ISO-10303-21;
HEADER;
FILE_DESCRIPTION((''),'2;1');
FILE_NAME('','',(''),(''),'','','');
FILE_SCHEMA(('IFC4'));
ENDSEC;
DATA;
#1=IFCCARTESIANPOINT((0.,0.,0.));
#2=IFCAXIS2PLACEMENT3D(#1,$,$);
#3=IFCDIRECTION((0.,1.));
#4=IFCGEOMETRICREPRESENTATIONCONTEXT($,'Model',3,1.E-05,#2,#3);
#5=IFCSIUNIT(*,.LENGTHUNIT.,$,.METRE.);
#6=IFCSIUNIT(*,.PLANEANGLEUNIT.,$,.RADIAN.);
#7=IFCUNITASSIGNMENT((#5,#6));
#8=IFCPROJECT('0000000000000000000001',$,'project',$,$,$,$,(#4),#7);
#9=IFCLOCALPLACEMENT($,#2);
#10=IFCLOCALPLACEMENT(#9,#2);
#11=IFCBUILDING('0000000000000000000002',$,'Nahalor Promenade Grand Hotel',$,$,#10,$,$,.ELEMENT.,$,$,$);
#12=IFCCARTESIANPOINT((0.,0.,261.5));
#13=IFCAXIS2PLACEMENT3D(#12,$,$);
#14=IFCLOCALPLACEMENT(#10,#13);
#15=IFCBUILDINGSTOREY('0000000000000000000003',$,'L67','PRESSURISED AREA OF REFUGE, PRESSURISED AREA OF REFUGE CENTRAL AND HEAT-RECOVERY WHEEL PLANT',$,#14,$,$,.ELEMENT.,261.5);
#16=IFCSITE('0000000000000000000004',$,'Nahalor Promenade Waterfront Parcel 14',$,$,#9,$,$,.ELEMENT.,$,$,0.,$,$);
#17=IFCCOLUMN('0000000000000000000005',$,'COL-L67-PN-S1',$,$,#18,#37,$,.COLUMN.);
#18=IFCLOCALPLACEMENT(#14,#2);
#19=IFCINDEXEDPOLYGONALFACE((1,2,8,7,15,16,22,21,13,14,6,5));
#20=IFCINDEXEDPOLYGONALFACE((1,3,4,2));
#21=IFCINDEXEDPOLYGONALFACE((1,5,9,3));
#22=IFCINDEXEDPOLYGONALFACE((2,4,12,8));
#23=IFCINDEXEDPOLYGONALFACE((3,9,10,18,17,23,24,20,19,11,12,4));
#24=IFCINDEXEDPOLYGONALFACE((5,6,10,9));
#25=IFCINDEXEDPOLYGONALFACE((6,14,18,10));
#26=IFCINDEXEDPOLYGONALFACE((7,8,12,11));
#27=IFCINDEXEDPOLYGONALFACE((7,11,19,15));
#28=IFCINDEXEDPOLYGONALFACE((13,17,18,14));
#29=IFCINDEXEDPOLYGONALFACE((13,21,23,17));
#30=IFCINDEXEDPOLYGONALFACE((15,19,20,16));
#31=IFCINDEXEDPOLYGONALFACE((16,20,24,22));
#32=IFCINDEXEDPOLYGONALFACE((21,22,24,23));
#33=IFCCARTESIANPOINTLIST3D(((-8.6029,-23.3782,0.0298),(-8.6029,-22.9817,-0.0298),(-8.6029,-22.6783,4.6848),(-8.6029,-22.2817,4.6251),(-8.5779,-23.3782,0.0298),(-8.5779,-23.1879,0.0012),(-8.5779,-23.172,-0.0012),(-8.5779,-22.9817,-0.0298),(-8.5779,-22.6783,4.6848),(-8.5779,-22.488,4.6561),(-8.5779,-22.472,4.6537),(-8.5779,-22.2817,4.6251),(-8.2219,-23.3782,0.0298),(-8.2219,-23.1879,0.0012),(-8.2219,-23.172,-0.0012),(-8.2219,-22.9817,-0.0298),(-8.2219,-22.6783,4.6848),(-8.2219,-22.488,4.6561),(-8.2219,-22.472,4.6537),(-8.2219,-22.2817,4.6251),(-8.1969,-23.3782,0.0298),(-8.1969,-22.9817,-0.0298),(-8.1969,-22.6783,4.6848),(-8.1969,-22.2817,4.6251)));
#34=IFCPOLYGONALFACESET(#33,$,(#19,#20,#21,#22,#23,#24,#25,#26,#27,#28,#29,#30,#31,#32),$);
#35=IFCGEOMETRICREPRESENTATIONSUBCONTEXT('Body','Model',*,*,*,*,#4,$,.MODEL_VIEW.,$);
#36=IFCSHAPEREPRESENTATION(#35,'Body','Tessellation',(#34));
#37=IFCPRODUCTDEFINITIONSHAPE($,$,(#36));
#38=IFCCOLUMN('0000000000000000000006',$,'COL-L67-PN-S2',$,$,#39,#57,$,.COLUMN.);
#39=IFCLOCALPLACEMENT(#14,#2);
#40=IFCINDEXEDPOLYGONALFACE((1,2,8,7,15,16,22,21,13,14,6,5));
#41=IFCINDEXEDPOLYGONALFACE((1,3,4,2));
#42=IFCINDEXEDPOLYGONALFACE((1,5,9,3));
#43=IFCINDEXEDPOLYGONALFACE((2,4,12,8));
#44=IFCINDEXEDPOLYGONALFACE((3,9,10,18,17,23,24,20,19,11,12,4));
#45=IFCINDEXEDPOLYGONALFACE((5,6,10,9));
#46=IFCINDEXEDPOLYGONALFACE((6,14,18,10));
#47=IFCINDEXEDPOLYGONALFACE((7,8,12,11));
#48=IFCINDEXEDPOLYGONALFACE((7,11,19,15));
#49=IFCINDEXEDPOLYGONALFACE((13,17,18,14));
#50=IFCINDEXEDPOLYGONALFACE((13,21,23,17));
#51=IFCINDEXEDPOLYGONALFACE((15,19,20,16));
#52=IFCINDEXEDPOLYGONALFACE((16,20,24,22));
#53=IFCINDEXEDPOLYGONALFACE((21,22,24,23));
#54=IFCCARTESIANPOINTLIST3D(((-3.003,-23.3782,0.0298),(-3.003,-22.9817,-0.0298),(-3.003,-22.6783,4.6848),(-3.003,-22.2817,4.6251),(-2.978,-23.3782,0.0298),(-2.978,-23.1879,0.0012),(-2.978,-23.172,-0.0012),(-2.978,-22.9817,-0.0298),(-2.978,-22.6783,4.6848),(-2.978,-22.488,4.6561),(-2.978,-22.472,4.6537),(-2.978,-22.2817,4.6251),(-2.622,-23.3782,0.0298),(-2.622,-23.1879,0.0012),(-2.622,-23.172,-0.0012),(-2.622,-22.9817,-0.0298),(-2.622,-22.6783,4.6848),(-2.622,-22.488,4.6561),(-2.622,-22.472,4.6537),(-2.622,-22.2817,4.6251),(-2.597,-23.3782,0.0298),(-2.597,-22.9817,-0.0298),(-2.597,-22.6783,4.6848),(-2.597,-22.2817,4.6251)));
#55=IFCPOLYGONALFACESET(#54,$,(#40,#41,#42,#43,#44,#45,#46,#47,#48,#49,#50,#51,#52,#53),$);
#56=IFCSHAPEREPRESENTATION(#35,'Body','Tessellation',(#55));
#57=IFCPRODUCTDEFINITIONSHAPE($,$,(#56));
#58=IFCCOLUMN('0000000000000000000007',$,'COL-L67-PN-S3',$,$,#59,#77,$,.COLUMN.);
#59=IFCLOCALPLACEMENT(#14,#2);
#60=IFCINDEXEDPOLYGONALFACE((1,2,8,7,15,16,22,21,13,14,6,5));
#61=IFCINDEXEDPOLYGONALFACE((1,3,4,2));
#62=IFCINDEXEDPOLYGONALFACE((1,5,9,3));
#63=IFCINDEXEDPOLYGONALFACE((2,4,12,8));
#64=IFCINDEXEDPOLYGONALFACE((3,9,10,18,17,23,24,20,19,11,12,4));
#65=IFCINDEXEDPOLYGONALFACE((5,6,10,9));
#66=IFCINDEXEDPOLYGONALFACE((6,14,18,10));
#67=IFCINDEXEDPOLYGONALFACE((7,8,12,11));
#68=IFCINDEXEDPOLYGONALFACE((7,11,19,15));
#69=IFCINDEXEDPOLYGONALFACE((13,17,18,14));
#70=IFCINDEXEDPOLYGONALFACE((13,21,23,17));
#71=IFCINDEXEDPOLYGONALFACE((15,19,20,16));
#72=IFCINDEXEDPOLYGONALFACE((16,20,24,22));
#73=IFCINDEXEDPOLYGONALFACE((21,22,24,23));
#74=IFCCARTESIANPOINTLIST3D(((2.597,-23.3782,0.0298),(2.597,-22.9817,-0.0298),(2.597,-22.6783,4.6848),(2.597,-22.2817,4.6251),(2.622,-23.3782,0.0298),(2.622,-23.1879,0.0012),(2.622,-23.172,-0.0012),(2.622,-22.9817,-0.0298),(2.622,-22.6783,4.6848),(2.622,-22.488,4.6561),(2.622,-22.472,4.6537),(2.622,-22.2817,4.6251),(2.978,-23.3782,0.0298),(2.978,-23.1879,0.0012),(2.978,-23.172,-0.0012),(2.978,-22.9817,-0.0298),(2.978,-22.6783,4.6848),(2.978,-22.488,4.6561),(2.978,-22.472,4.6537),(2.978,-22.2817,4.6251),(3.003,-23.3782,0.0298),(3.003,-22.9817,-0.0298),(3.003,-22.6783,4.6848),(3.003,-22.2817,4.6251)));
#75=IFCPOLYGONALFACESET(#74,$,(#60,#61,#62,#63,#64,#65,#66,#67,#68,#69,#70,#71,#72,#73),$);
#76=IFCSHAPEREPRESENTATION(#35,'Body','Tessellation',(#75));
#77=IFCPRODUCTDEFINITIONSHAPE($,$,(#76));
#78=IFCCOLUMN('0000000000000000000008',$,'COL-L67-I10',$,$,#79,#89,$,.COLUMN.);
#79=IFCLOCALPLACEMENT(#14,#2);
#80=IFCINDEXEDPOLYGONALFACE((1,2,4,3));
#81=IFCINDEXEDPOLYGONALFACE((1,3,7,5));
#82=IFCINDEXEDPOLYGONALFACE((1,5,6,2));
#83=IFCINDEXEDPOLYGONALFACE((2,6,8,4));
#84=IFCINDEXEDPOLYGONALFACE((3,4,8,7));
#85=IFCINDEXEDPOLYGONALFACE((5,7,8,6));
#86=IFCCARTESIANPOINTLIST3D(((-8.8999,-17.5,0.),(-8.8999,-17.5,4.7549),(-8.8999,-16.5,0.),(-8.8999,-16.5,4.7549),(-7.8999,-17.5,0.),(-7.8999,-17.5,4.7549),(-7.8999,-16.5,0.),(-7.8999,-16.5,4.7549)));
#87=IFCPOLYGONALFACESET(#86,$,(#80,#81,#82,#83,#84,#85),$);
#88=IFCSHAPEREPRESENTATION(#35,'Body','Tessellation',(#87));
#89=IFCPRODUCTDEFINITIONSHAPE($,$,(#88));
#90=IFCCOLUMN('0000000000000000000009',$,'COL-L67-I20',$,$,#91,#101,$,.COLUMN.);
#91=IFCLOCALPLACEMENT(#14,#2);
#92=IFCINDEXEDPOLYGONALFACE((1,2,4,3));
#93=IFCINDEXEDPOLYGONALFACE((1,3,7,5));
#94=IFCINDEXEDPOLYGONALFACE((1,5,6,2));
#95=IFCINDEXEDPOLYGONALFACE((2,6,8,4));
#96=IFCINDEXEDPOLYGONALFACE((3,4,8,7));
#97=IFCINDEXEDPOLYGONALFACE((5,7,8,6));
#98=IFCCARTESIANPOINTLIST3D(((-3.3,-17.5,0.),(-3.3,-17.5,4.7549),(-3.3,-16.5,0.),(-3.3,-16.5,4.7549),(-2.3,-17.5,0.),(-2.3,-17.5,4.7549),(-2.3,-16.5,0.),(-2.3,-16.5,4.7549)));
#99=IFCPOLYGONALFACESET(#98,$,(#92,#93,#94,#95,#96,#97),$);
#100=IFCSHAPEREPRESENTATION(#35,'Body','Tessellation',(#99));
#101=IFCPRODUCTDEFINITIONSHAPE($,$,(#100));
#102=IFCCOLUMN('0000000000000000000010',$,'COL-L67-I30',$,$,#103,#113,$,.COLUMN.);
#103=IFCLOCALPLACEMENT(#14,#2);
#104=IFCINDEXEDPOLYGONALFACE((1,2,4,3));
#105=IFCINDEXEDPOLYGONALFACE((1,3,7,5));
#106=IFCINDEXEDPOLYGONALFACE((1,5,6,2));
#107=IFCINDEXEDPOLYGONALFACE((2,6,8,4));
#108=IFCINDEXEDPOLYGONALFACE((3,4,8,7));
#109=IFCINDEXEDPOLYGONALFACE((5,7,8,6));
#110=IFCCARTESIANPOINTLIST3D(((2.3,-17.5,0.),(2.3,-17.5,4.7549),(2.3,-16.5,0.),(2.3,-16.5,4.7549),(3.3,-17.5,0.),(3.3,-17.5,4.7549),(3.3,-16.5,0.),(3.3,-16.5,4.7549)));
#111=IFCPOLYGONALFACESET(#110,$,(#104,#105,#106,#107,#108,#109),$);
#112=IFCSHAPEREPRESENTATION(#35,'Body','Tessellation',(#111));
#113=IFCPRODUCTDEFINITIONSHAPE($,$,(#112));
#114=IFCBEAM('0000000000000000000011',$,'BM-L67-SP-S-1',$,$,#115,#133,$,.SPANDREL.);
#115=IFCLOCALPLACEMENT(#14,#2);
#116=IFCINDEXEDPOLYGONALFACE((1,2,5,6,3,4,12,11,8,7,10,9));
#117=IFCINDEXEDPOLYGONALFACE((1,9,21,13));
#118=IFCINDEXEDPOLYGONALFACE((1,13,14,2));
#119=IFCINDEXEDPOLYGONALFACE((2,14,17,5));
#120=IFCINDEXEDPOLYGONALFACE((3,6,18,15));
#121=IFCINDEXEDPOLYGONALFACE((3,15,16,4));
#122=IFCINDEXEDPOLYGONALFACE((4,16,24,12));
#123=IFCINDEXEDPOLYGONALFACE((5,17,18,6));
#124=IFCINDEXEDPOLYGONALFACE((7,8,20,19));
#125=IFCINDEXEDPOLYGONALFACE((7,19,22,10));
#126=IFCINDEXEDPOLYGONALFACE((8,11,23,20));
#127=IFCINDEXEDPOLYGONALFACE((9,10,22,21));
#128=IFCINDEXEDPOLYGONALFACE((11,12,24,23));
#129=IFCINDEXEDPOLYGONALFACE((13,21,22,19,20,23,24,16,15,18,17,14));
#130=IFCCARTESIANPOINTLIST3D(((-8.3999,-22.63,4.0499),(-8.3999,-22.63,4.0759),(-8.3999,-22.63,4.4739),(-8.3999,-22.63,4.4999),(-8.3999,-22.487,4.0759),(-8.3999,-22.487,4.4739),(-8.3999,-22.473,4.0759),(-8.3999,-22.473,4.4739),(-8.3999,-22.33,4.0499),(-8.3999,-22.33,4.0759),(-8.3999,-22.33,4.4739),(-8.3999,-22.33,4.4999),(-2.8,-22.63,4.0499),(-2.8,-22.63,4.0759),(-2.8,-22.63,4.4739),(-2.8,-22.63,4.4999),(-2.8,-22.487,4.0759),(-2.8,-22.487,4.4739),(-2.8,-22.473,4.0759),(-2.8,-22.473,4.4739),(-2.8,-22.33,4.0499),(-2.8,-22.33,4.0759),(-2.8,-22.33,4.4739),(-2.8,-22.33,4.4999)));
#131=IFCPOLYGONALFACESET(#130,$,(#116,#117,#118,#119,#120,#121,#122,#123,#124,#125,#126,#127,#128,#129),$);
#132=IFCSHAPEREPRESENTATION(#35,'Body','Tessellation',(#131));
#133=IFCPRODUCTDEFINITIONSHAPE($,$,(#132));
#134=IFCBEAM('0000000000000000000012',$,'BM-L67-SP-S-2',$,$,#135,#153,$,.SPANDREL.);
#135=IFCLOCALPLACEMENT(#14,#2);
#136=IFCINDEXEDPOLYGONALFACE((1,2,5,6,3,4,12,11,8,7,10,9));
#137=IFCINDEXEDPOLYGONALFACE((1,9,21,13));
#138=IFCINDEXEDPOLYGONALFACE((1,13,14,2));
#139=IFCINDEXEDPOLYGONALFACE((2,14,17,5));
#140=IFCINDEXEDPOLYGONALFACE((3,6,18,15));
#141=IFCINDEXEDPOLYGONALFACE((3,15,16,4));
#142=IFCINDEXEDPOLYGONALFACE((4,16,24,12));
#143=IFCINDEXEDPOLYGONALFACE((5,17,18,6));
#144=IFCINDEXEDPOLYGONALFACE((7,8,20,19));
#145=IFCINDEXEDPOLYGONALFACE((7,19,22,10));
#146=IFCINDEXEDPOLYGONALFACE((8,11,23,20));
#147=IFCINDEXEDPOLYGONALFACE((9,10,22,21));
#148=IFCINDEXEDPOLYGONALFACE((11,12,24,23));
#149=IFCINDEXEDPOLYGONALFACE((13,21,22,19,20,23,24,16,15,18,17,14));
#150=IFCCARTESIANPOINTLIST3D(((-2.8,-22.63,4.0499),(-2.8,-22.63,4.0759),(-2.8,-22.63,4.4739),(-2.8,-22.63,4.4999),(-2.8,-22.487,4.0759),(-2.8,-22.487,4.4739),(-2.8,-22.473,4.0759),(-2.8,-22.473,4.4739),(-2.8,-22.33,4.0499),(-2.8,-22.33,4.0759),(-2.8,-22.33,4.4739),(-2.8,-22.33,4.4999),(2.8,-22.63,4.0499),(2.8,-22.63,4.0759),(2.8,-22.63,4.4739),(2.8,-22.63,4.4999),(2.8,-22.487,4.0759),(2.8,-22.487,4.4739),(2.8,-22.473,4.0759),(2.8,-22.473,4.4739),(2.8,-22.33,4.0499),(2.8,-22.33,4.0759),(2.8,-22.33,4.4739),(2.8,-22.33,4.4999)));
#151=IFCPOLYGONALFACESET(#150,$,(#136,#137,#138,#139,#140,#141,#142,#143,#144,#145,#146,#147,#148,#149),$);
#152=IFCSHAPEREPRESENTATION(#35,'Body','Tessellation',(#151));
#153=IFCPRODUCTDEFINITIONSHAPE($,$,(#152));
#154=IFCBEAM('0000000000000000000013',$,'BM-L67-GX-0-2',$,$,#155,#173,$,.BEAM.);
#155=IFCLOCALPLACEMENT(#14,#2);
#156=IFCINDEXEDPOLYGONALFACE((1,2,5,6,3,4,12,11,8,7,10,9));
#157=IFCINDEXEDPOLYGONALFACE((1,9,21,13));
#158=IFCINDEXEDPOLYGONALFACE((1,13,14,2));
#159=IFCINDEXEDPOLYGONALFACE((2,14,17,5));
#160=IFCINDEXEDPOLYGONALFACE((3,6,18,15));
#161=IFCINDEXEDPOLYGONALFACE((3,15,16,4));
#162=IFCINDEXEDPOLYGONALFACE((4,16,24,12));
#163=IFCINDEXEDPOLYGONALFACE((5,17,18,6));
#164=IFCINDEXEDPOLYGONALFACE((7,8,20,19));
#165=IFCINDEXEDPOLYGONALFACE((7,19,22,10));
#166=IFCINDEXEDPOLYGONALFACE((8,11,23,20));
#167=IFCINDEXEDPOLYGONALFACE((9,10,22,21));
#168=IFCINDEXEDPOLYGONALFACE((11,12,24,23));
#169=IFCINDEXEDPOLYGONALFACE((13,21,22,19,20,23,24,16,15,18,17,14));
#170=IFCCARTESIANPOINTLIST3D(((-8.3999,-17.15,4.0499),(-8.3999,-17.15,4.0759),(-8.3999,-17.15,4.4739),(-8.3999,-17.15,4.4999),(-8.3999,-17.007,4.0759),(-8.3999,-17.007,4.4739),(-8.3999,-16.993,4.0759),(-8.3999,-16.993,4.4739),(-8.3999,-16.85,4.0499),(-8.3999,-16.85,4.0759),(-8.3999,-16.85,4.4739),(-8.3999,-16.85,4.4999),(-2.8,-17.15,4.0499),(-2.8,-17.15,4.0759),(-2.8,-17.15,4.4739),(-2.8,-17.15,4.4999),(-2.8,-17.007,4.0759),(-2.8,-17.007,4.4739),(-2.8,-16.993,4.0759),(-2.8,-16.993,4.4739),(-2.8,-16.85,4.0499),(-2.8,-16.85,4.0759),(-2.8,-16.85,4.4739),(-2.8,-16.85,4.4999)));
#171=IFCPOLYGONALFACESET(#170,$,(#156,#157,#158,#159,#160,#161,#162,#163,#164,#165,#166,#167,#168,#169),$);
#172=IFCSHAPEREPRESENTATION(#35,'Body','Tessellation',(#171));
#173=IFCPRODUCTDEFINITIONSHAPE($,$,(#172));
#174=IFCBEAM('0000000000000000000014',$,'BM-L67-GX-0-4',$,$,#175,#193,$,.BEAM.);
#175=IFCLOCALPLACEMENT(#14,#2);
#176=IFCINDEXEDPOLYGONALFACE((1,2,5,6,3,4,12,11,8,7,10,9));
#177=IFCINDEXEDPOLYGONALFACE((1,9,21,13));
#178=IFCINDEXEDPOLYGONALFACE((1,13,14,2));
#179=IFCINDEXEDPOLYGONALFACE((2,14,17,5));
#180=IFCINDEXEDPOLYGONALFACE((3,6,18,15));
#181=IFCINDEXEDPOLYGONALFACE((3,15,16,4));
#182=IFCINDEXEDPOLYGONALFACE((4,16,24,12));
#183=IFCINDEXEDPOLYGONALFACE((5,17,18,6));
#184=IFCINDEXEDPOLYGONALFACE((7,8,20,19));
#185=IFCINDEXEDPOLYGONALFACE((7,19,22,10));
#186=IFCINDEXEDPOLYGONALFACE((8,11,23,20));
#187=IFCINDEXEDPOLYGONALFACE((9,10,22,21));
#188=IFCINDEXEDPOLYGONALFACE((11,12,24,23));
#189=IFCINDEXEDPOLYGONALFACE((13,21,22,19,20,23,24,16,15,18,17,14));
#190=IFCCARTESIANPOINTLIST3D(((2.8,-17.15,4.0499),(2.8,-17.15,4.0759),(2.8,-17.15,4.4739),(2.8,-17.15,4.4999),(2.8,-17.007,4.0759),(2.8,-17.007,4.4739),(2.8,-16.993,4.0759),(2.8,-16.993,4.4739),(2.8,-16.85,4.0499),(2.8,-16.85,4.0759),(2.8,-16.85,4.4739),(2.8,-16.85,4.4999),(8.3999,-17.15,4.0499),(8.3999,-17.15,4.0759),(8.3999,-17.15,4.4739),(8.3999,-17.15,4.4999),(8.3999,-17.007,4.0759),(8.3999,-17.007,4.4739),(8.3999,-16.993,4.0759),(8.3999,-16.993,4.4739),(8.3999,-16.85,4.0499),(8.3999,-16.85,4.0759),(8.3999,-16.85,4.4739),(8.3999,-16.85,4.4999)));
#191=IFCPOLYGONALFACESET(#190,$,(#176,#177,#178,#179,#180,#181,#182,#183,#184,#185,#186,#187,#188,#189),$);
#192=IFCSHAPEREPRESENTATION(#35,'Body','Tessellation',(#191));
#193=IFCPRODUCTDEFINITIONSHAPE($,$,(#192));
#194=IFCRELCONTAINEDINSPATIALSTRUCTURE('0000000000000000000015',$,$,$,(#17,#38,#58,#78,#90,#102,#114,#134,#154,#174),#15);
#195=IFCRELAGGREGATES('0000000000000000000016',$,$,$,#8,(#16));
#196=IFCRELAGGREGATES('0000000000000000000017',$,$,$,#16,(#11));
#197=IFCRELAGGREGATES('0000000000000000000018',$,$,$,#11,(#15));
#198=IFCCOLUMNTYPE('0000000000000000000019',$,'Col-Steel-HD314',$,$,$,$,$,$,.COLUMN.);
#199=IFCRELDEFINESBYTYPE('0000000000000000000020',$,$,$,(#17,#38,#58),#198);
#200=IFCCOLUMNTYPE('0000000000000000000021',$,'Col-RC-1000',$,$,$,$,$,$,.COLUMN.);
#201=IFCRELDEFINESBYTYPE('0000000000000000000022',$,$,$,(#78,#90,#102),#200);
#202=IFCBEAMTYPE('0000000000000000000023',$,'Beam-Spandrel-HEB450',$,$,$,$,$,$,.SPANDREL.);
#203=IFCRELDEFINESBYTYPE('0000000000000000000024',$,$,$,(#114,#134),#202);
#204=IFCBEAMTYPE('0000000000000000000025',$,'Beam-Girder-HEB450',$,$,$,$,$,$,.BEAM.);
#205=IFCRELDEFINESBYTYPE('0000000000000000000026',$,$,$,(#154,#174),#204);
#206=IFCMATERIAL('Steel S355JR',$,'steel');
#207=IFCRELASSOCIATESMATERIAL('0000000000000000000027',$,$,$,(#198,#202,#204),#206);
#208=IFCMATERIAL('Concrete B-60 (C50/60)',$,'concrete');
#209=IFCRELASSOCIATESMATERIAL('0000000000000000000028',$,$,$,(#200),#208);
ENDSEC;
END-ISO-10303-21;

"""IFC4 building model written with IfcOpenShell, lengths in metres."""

from ifc_helpers import new_model, si_unit, direction, frame, origin, origin_2d, place, context, subcontext, project, spatial, rectangle, i_section, extrude, source, transform, mapped, material, material_profile, profile_set, type_object, element, save


model = new_model("IFC4")

# Units and contexts
model_context = context("Model", 3, precision=1e-05, world=origin(), true_north=direction((0.0, 1.0)))
body_context = subcontext(model_context, "Body", "Model", "MODEL_VIEW")
ifc_project = project(units=[si_unit("LENGTHUNIT", "METRE"), si_unit("PLANEANGLEUNIT", "RADIAN")], contexts=[model_context])

# Site, building, storey
site_placement = place(None, origin())
site = spatial("IfcSite", under=ifc_project, at=site_placement, Name="Nahalor Promenade Waterfront Parcel 14", CompositionType="ELEMENT", RefElevation=0.0)
building_placement = place(site_placement, origin())
building = spatial("IfcBuilding", under=site, at=building_placement, Name="Nahalor Promenade Grand Hotel", CompositionType="ELEMENT")
storey_placement = place(building_placement, frame((0.0, 0.0, 261.5)))
storey = spatial("IfcBuildingStorey", under=building, at=storey_placement, Name="L67", Description="PRESSURISED AREA OF REFUGE, PRESSURISED AREA OF REFUGE CENTRAL AND HEAT-RECOVERY WHEEL PLANT", CompositionType="ELEMENT", Elevation=261.5)

# Columns
ifc_material_1 = material(Name="Steel S355JR", Category="steel")
ifc_material_profile_1 = material_profile(ifc_material_1, i_section(OverallWidth=0.401, OverallDepth=0.406, WebThickness=0.0161, FlangeThickness=0.025, at=origin_2d()), Name="HD 400x314")
ifc_profile_set_1 = profile_set([ifc_material_profile_1], Name="Steel S355JR")
column_type_1 = type_object("IfcColumnType", Name="Col-Steel-HD314", PredefinedType="COLUMN", material=ifc_profile_set_1)
shared_shape_1 = source(origin(), body_context, "Body", "SweptSolid", [
    extrude(i_section(OverallWidth=0.401, OverallDepth=0.406, WebThickness=0.0161, FlangeThickness=0.025, at=origin_2d()), origin(), (0.0, 0.0, 1.0), 4.7073),
])
for number, where, z_axis, x_axis, name in (
    (1, (-8.3999, -23.1799, 0.0), (0.0, 0.148693, 0.988883), (0.0, -0.988883, 0.148693), "COL-L67-PN-S1"),
    (2, (-2.8, -23.1799, 0.0), (0.0, 0.148693, 0.988883), (0.0, -0.988883, 0.148693), "COL-L67-PN-S2"),
    (3, (2.8, -23.1799, 0.0), (0.0, 0.148693, 0.988883), (0.0, -0.988883, 0.148693), "COL-L67-PN-S3"),
):
    element("IfcColumn", number, at=place(storey_placement, frame(where, z_axis=z_axis, x_axis=x_axis)), inside=storey, type_object=column_type_1, Name=name, PredefinedType="COLUMN", context=body_context, shape_type="MappedRepresentation", body=[
        mapped(shared_shape_1, transform((0.0, 0.0, 0.0), scale=1.0)),
    ])
ifc_material_2 = material(Name="Concrete B-60 (C50/60)", Category="concrete")
ifc_material_profile_2 = material_profile(ifc_material_2, rectangle(XDim=1.0, YDim=1.0, at=origin_2d()), Name="RC 1000x1000")
ifc_profile_set_2 = profile_set([ifc_material_profile_2], Name="Concrete B-60 (C50/60)")
column_type_2 = type_object("IfcColumnType", Name="Col-RC-1000", PredefinedType="COLUMN", material=ifc_profile_set_2)
shared_shape_2 = source(origin(), body_context, "Body", "SweptSolid", [
    extrude(rectangle(XDim=1.0, YDim=1.0, at=origin_2d()), origin(), (0.0, 0.0, 1.0), 4.7549),
])
for number, where, z_axis, x_axis, name in (
    (4, (-8.3999, -17.0, 0.0), (0.0, 0.0, 1.0), (1.0, 0.0, 0.0), "COL-L67-I10"),
    (5, (-2.8, -17.0, 0.0), (0.0, 0.0, 1.0), (1.0, 0.0, 0.0), "COL-L67-I20"),
    (6, (2.8, -17.0, 0.0), (0.0, 0.0, 1.0), (1.0, 0.0, 0.0), "COL-L67-I30"),
):
    element("IfcColumn", number, at=place(storey_placement, frame(where, z_axis=z_axis, x_axis=x_axis)), inside=storey, type_object=column_type_2, Name=name, PredefinedType="COLUMN", context=body_context, shape_type="MappedRepresentation", body=[
        mapped(shared_shape_2, transform((0.0, 0.0, 0.0), scale=1.0)),
    ])

# Beams
ifc_material_profile_3 = material_profile(ifc_material_1, i_section(OverallWidth=0.3, OverallDepth=0.45, WebThickness=0.014, FlangeThickness=0.026, at=origin_2d()), Name="HEB 450")
ifc_profile_set_3 = profile_set([ifc_material_profile_3], Name="Steel S355JR")
beam_type_1 = type_object("IfcBeamType", Name="Beam-Spandrel-HEB450", PredefinedType="SPANDREL", material=ifc_profile_set_3)
shared_shape_3 = source(origin(), body_context, "Body", "SweptSolid", [
    extrude(i_section(OverallWidth=0.3, OverallDepth=0.45, WebThickness=0.014, FlangeThickness=0.026, at=origin_2d()), origin(), (0.0, 0.0, 1.0), 5.5999),
])
beam_1_placement = place(storey_placement, frame((-8.3999, -22.48, 4.2749), z_axis=(1.0, 0.0, 0.0), x_axis=(0.0, 1.0, 0.0)))
element("IfcBeam", 7, at=beam_1_placement, inside=storey, type_object=beam_type_1, Name="BM-L67-SP-S-1", PredefinedType="SPANDREL", context=body_context, shape_type="MappedRepresentation", body=[
    mapped(shared_shape_3, transform((0.0, 0.0, 0.0), scale=1.0)),
])
shared_shape_4 = source(origin(), body_context, "Body", "SweptSolid", [
    extrude(i_section(OverallWidth=0.3, OverallDepth=0.45, WebThickness=0.014, FlangeThickness=0.026, at=origin_2d()), origin(), (0.0, 0.0, 1.0), 5.6001),
])
beam_2_placement = place(storey_placement, frame((-2.8, -22.48, 4.2749), z_axis=(1.0, 0.0, 0.0), x_axis=(0.0, 1.0, 0.0)))
element("IfcBeam", 8, at=beam_2_placement, inside=storey, type_object=beam_type_1, Name="BM-L67-SP-S-2", PredefinedType="SPANDREL", context=body_context, shape_type="MappedRepresentation", body=[
    mapped(shared_shape_4, transform((0.0, 0.0, 0.0), scale=1.0)),
])
ifc_material_profile_4 = material_profile(ifc_material_1, i_section(OverallWidth=0.3, OverallDepth=0.45, WebThickness=0.014, FlangeThickness=0.026, at=origin_2d()), Name="HEB 450")
ifc_profile_set_4 = profile_set([ifc_material_profile_4], Name="Steel S355JR")
beam_type_2 = type_object("IfcBeamType", Name="Beam-Girder-HEB450", PredefinedType="BEAM", material=ifc_profile_set_4)
shared_shape_5 = source(origin(), body_context, "Body", "SweptSolid", [
    extrude(i_section(OverallWidth=0.3, OverallDepth=0.45, WebThickness=0.014, FlangeThickness=0.026, at=origin_2d()), origin(), (0.0, 0.0, 1.0), 5.5999),
])
for number, where, z_axis, x_axis, name in (
    (9, (-8.3999, -17.0, 4.2749), (1.0, 0.0, 0.0), (0.0, 1.0, 0.0), "BM-L67-GX-0-2"),
    (10, (2.8, -17.0, 4.2749), (1.0, 0.0, 0.0), (0.0, 1.0, 0.0), "BM-L67-GX-0-4"),
):
    element("IfcBeam", number, at=place(storey_placement, frame(where, z_axis=z_axis, x_axis=x_axis)), inside=storey, type_object=beam_type_2, Name=name, PredefinedType="BEAM", context=body_context, shape_type="MappedRepresentation", body=[
        mapped(shared_shape_5, transform((0.0, 0.0, 0.0), scale=1.0)),
    ])

save(model, "model.ifc")
